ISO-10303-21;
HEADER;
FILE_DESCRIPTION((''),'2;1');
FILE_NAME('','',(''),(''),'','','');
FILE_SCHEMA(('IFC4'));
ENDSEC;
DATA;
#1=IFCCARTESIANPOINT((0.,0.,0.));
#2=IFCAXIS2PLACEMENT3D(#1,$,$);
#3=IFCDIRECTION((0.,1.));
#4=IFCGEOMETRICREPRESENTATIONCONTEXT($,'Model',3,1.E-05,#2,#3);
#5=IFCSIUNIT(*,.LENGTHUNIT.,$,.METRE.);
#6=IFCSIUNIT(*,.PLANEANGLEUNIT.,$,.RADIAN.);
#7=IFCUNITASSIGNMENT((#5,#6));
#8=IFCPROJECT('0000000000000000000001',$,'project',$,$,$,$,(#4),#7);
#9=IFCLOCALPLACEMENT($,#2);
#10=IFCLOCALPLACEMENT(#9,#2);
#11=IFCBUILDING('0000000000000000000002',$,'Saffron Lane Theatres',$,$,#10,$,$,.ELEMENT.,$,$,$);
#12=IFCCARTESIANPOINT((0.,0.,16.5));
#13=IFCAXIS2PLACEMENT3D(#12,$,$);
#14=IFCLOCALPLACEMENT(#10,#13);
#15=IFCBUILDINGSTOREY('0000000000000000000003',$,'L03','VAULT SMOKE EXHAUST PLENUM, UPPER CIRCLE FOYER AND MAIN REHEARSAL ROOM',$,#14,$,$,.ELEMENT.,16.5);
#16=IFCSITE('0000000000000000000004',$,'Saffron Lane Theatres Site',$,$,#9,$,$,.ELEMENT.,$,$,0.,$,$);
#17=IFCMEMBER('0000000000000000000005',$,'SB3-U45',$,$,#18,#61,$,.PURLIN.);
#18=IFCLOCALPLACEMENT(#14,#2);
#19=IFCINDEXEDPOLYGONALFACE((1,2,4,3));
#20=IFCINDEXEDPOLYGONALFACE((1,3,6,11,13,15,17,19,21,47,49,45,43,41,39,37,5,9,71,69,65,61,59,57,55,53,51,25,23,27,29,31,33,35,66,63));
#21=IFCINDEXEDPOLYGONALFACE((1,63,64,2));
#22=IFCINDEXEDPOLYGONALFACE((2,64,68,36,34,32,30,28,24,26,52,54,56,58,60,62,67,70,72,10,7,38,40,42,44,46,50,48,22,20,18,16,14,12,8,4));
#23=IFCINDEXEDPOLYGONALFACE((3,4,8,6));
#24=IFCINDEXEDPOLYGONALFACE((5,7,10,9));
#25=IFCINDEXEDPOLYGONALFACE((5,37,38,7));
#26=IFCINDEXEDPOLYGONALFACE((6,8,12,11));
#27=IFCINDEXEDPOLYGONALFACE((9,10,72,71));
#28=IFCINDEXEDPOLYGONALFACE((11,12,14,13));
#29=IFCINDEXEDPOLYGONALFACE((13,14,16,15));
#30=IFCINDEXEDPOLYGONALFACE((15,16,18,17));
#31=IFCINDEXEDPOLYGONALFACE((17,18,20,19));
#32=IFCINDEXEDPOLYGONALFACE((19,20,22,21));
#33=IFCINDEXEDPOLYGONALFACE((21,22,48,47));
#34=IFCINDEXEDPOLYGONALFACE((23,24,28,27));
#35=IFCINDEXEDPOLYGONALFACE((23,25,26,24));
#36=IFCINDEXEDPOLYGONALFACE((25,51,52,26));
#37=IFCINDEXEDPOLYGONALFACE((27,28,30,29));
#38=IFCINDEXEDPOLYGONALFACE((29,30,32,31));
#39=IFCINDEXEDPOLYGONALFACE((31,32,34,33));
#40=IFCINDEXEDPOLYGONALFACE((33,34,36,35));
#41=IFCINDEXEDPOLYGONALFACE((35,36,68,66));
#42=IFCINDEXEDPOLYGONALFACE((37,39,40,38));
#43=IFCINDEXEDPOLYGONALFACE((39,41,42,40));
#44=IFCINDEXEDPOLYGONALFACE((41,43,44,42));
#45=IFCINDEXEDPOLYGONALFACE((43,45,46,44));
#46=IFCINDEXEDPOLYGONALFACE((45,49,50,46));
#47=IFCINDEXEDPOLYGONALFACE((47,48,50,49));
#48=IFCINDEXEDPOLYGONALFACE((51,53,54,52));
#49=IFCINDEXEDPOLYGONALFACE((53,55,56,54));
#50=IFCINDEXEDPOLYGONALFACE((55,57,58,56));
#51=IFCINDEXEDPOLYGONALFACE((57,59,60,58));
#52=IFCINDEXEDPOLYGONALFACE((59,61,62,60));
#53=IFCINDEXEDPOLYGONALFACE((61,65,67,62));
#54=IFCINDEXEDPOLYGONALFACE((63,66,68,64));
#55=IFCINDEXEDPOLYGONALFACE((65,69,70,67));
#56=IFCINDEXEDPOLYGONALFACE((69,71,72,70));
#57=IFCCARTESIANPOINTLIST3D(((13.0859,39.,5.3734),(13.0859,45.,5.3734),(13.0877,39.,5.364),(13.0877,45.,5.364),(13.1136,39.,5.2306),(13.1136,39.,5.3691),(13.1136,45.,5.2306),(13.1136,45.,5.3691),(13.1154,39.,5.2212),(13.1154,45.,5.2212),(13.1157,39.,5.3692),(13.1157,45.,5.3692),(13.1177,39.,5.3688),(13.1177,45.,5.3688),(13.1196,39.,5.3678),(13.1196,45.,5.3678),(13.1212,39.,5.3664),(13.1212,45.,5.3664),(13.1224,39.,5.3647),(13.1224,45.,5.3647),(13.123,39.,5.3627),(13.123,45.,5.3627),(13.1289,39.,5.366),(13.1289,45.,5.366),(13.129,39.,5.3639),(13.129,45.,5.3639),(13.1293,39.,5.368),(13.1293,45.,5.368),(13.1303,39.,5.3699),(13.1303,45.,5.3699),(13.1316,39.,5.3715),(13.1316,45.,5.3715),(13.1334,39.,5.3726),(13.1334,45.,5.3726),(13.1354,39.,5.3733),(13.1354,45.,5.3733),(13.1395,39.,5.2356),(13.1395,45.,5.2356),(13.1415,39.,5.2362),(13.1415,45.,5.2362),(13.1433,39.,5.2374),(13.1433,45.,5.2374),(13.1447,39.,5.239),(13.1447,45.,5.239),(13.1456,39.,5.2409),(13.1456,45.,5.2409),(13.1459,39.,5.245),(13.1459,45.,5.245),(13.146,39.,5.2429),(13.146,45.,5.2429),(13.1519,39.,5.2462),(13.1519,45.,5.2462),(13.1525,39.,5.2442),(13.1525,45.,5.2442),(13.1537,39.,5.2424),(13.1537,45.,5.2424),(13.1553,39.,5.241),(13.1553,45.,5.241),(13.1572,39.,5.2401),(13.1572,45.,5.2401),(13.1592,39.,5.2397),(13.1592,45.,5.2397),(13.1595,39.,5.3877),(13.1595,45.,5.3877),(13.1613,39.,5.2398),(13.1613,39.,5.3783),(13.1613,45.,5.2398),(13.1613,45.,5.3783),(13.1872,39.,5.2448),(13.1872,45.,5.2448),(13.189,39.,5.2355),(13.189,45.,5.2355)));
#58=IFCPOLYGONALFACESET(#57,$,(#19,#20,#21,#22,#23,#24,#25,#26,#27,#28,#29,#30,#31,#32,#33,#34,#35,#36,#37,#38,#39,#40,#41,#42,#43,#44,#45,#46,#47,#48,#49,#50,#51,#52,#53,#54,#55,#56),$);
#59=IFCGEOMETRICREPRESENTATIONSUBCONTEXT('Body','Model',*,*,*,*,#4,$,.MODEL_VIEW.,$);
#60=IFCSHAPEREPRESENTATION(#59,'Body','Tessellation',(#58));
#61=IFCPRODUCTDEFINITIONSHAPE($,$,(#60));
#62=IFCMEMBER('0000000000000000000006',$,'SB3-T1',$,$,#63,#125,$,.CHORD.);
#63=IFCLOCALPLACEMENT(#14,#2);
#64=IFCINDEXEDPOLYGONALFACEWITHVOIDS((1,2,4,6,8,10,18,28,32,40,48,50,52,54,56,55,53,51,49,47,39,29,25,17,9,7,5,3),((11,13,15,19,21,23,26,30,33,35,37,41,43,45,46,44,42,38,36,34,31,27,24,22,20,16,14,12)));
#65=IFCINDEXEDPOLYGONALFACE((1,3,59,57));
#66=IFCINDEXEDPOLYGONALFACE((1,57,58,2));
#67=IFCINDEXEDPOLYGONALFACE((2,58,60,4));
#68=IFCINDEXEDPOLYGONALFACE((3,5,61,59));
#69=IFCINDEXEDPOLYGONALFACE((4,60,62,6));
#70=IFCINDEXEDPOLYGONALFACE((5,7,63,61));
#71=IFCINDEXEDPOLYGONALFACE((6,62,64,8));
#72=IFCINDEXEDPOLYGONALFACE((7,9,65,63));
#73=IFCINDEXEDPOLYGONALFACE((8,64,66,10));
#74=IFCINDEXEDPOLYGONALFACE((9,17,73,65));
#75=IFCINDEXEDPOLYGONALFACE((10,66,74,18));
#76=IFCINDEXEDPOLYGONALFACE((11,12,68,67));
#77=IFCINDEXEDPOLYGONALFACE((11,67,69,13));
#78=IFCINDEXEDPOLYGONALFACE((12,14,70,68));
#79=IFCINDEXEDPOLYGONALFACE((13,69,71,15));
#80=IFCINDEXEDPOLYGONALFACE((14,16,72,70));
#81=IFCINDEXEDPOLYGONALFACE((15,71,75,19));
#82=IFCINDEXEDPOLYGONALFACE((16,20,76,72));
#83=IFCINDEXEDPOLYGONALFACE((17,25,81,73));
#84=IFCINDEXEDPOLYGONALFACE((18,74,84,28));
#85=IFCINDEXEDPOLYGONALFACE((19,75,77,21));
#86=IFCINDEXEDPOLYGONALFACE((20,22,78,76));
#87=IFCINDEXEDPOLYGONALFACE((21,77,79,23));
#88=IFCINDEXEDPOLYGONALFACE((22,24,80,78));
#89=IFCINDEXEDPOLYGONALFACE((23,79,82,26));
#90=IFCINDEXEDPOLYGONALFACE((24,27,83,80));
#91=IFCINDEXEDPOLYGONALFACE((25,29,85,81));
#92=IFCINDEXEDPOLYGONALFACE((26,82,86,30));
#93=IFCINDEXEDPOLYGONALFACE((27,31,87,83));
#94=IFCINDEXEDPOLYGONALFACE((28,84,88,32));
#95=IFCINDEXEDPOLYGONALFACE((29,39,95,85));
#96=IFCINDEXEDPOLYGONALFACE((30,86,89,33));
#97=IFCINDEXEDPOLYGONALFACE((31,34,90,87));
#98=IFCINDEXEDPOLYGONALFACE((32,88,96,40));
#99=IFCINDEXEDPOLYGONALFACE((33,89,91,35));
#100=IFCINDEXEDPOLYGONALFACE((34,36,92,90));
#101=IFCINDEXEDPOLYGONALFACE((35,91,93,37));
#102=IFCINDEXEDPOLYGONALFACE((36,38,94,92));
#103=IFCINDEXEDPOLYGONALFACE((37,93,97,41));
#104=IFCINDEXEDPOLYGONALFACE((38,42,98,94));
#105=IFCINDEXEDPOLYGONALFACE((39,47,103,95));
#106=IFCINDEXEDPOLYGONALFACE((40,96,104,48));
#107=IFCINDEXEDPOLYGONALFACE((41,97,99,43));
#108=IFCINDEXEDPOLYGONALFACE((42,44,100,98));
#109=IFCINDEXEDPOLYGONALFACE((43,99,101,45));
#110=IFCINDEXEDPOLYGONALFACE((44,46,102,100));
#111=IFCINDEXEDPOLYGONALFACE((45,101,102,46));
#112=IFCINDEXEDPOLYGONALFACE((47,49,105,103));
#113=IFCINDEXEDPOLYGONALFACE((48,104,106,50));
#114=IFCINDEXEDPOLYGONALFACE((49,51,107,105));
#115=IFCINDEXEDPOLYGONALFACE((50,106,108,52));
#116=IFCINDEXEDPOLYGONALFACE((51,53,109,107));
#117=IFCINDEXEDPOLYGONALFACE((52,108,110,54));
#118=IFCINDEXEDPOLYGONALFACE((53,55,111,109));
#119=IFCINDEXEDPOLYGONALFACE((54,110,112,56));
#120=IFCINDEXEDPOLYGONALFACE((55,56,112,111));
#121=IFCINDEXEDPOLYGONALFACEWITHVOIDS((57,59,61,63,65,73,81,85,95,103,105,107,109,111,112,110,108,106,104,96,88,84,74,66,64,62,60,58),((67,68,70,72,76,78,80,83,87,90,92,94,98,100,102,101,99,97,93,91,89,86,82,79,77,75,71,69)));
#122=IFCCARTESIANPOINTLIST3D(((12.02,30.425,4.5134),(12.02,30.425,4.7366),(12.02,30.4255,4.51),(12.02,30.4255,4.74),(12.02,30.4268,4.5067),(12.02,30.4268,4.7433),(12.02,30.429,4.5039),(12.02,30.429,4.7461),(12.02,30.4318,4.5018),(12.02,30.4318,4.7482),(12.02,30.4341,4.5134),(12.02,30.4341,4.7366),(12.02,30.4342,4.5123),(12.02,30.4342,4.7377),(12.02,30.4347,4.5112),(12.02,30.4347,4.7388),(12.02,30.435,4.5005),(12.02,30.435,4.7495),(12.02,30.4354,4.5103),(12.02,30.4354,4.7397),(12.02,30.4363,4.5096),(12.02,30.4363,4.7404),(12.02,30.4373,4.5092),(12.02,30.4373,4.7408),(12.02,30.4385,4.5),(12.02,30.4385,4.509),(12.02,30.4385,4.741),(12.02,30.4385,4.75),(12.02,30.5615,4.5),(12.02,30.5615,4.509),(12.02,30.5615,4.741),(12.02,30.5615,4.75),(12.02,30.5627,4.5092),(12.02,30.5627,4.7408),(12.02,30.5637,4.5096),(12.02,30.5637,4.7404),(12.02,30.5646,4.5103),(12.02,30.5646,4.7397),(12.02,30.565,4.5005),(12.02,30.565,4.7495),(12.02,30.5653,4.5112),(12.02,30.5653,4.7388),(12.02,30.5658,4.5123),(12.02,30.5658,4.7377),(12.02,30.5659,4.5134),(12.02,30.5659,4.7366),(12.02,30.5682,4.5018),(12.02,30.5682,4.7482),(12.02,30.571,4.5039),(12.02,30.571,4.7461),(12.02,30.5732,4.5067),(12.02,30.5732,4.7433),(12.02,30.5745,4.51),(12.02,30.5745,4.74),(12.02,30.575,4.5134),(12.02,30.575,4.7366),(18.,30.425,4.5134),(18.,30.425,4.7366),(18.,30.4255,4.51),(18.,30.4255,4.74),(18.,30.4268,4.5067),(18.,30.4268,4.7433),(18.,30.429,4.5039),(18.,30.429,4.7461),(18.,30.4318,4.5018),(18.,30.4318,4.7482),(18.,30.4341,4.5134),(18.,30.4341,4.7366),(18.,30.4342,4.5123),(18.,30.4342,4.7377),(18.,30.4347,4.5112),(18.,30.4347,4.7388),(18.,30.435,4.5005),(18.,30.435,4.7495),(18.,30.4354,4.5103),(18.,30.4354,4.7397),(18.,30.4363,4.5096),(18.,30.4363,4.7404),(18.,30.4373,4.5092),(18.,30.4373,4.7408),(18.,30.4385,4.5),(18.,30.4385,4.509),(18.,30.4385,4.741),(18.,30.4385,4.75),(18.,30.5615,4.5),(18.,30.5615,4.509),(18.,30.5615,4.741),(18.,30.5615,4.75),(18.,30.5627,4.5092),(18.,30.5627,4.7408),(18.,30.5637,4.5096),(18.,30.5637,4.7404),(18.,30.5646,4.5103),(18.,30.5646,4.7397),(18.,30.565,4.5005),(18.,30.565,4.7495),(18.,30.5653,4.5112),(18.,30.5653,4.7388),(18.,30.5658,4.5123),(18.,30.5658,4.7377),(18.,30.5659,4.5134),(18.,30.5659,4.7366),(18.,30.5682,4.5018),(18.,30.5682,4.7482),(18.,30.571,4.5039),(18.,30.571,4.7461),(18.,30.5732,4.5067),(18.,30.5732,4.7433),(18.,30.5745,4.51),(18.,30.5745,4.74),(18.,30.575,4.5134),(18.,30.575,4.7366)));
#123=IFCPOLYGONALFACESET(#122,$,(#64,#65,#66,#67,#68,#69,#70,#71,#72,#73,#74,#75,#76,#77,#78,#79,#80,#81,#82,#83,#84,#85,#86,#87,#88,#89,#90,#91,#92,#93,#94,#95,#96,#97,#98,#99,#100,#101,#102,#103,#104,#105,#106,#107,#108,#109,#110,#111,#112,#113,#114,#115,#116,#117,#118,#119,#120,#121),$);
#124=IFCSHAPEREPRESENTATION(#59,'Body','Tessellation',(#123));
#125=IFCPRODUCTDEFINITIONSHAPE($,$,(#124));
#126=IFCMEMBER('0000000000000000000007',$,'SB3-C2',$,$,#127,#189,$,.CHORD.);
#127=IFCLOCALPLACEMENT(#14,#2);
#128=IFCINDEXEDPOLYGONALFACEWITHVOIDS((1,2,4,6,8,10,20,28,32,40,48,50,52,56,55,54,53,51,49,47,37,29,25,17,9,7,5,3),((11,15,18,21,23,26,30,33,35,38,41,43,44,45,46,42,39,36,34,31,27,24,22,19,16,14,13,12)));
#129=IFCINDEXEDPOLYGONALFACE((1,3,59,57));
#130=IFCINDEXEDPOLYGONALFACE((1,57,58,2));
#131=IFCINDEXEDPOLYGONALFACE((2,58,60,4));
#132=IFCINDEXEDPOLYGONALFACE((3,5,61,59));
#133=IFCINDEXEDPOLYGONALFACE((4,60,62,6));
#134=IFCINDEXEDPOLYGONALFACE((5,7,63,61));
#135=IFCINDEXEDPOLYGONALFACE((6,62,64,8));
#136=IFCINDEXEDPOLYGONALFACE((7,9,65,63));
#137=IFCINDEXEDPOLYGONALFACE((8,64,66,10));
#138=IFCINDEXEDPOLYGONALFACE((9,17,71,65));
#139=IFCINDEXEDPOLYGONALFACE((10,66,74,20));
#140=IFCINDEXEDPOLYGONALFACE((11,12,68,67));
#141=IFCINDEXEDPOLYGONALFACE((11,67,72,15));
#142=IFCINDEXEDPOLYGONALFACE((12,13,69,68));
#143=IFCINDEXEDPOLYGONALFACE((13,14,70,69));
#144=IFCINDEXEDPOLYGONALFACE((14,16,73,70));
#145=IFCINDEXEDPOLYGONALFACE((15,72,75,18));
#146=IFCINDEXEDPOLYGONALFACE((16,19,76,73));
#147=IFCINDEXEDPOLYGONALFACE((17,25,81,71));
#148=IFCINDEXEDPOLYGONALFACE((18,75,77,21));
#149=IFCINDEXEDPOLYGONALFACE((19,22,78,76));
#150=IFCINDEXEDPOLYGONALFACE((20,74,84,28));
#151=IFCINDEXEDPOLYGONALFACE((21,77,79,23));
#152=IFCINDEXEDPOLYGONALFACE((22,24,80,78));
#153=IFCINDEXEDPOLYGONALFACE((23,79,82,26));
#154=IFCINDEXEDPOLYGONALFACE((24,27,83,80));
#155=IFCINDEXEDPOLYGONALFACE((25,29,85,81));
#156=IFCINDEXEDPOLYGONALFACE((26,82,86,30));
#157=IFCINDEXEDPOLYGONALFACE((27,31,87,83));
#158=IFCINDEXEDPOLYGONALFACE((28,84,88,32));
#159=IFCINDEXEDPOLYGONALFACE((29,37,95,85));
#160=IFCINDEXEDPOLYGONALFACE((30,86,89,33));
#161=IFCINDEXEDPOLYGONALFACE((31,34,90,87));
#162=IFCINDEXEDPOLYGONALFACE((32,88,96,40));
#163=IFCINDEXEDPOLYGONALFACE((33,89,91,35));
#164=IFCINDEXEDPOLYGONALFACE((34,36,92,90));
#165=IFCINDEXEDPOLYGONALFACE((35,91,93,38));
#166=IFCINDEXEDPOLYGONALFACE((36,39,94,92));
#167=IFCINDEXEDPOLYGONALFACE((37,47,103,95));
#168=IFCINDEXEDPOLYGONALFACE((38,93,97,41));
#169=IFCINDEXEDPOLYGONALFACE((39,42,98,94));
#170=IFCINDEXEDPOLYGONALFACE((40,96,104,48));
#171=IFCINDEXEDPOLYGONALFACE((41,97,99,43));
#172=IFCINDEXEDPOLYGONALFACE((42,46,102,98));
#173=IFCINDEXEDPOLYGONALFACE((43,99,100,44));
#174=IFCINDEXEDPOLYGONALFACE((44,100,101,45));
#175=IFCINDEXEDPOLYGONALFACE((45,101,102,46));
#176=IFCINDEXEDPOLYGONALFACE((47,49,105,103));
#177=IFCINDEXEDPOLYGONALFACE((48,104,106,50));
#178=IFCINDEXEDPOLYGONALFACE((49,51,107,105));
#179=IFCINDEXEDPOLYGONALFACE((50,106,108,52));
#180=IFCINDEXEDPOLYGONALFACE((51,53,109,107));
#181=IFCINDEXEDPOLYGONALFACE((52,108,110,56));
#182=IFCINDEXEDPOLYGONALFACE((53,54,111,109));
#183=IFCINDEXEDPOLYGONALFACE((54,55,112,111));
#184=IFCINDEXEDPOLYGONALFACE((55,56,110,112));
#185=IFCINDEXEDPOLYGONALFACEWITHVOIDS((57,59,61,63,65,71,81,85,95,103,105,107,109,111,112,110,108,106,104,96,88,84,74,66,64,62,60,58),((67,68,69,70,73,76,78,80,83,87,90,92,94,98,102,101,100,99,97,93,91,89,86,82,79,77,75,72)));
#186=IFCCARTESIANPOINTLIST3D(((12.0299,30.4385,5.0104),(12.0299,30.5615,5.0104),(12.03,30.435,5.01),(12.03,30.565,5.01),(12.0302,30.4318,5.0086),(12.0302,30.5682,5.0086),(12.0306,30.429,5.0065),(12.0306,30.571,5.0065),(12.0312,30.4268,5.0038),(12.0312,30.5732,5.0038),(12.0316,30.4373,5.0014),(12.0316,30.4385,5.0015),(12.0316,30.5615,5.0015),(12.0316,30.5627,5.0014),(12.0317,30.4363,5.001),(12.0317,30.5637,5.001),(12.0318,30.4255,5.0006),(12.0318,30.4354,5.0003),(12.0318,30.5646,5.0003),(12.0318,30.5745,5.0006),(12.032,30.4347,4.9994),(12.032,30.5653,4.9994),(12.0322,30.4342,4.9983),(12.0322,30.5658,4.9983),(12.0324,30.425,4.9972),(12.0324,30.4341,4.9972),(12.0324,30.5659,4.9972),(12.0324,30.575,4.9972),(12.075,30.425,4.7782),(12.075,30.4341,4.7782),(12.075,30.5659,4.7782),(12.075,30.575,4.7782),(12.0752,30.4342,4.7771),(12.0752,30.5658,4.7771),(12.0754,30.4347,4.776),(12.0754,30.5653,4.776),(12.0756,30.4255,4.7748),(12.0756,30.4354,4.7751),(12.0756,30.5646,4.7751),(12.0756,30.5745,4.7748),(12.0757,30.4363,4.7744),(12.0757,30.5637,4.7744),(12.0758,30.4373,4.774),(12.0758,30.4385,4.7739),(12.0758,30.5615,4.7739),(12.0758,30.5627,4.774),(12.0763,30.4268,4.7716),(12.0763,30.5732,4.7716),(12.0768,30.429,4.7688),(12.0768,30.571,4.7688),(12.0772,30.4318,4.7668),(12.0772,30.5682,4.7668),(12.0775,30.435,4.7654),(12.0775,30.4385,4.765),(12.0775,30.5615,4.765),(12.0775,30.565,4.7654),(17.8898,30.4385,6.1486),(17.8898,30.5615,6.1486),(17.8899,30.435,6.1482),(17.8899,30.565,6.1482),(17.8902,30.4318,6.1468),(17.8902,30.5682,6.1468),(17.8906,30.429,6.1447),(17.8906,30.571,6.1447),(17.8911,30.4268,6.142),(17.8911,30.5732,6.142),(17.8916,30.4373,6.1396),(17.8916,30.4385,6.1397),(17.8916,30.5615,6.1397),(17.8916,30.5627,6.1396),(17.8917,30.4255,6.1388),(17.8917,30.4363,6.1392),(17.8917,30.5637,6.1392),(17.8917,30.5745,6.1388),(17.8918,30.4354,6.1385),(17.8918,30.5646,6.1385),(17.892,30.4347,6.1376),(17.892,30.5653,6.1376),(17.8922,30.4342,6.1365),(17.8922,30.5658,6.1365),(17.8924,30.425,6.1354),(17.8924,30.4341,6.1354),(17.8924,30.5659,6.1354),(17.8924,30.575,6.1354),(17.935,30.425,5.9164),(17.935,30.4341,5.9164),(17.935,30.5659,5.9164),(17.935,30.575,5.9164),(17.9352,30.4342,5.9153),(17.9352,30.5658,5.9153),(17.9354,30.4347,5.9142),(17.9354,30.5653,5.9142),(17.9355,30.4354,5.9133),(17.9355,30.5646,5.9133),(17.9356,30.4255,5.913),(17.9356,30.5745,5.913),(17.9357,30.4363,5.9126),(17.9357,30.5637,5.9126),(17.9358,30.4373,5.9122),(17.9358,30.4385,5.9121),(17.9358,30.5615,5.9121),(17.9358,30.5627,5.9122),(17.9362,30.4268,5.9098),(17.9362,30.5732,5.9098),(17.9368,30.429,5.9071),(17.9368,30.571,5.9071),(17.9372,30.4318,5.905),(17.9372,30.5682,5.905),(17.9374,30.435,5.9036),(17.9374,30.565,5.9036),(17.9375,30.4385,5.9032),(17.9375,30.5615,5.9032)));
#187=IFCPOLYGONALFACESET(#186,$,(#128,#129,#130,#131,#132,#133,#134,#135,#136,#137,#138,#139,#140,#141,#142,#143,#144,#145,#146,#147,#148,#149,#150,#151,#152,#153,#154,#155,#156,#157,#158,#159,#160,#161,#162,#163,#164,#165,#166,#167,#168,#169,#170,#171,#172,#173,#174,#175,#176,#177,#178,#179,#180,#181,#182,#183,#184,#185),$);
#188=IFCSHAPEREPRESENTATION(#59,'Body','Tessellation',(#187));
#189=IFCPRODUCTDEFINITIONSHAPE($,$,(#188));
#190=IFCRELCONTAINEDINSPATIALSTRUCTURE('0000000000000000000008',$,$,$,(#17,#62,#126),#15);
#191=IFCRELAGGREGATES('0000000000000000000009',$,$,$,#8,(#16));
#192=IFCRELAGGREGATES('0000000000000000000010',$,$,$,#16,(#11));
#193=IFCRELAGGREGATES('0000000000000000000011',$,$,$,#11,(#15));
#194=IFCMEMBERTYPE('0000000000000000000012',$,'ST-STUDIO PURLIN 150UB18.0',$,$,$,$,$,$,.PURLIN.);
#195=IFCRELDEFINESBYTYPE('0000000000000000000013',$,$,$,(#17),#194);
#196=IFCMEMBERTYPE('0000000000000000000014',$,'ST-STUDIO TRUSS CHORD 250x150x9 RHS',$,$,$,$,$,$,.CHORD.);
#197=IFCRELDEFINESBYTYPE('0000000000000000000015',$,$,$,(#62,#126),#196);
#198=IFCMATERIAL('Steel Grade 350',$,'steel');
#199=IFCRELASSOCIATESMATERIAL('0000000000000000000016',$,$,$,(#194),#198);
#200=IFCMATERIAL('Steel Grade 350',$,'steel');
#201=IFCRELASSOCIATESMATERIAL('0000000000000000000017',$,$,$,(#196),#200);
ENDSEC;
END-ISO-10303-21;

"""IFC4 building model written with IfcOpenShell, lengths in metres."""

from ifc_helpers import new_model, si_unit, direction, frame, origin, origin_2d, place, context, subcontext, project, spatial, hollow_rectangle, i_section, extrude, material, material_profile, profile_set, type_object, element, save


model = new_model("IFC4")

# Units and contexts
model_context = context("Model", 3, precision=1e-05, world=origin(), true_north=direction((0.0, 1.0)))
body_context = subcontext(model_context, "Body", "Model", "MODEL_VIEW")
ifc_project = project(units=[si_unit("LENGTHUNIT", "METRE"), si_unit("PLANEANGLEUNIT", "RADIAN")], contexts=[model_context])

# Site, building, storey
site_placement = place(None, origin())
site = spatial("IfcSite", under=ifc_project, at=site_placement, Name="Saffron Lane Theatres Site", CompositionType="ELEMENT", RefElevation=0.0)
building_placement = place(site_placement, origin())
building = spatial("IfcBuilding", under=site, at=building_placement, Name="Saffron Lane Theatres", CompositionType="ELEMENT")
storey_placement = place(building_placement, frame((0.0, 0.0, 16.5)))
storey = spatial("IfcBuildingStorey", under=building, at=storey_placement, Name="L03", Description="VAULT SMOKE EXHAUST PLENUM, UPPER CIRCLE FOYER AND MAIN REHEARSAL ROOM", CompositionType="ELEMENT", Elevation=16.5)

# Members
ifc_material_1 = material(Name="Steel Grade 350", Category="steel")
ifc_material_profile_1 = material_profile(ifc_material_1, i_section(OverallWidth=0.075, OverallDepth=0.155, WebThickness=0.0061, FlangeThickness=0.0095, FilletRadius=0.0081, at=origin_2d()))
ifc_profile_set_1 = profile_set([ifc_material_profile_1], Name="Steel Grade 350")
member_type_1 = type_object("IfcMemberType", Name="ST-STUDIO PURLIN 150UB18.0", PredefinedType="PURLIN", material=ifc_profile_set_1)
for number, where, z_axis, x_axis, name in (
    (1, (13.1375, 39.0, 5.3044), (0.0, 1.0, 0.0), (-0.981661, 0.0, -0.190637), "SB3-U45"),
):
    element("IfcMember", number, at=place(storey_placement, frame(where, z_axis=z_axis, x_axis=x_axis)), inside=storey, type_object=member_type_1, Name=name, PredefinedType="PURLIN", context=body_context, shape_type="SweptSolid", body=[
        extrude(i_section(OverallWidth=0.075, OverallDepth=0.155, WebThickness=0.0061, FlangeThickness=0.0095, FilletRadius=0.0081, at=origin_2d()), origin(), (0.0, 0.0, 1.0), 6.0),
    ])
ifc_material_2 = material(Name="Steel Grade 350", Category="steel")
ifc_material_profile_2 = material_profile(ifc_material_2, hollow_rectangle(XDim=0.1499, YDim=0.25, WallThickness=0.009, InnerFilletRadius=0.0044, OuterFilletRadius=0.0134, at=origin_2d()))
ifc_profile_set_2 = profile_set([ifc_material_profile_2], Name="Steel Grade 350")
member_type_2 = type_object("IfcMemberType", Name="ST-STUDIO TRUSS CHORD 250x150x9 RHS", PredefinedType="CHORD", material=ifc_profile_set_2)
member_1_placement = place(storey_placement, frame((12.02, 30.5, 4.625), z_axis=(1.0, 0.0, 0.0), x_axis=(0.0, 1.0, 0.0)))
element("IfcMember", 2, at=member_1_placement, inside=storey, type_object=member_type_2, Name="SB3-T1", PredefinedType="CHORD", context=body_context, shape_type="SweptSolid", body=[
    extrude(hollow_rectangle(XDim=0.1499, YDim=0.25, WallThickness=0.009, InnerFilletRadius=0.0044, OuterFilletRadius=0.0134, at=origin_2d()), origin(), (0.0, 0.0, 1.0), 5.98),
])
member_2_placement = place(storey_placement, frame((12.0537, 30.5, 4.8877), z_axis=(0.981654, 0.0, 0.19067), x_axis=(0.0, 1.0, 0.0)))
element("IfcMember", 3, at=member_2_placement, inside=storey, type_object=member_type_2, Name="SB3-C2", PredefinedType="CHORD", context=body_context, shape_type="SweptSolid", body=[
    extrude(hollow_rectangle(XDim=0.1499, YDim=0.25, WallThickness=0.009, InnerFilletRadius=0.0044, OuterFilletRadius=0.0134, at=origin_2d()), origin(), (0.0, 0.0, 1.0), 5.9695),
])

save(model, "model.ifc")
